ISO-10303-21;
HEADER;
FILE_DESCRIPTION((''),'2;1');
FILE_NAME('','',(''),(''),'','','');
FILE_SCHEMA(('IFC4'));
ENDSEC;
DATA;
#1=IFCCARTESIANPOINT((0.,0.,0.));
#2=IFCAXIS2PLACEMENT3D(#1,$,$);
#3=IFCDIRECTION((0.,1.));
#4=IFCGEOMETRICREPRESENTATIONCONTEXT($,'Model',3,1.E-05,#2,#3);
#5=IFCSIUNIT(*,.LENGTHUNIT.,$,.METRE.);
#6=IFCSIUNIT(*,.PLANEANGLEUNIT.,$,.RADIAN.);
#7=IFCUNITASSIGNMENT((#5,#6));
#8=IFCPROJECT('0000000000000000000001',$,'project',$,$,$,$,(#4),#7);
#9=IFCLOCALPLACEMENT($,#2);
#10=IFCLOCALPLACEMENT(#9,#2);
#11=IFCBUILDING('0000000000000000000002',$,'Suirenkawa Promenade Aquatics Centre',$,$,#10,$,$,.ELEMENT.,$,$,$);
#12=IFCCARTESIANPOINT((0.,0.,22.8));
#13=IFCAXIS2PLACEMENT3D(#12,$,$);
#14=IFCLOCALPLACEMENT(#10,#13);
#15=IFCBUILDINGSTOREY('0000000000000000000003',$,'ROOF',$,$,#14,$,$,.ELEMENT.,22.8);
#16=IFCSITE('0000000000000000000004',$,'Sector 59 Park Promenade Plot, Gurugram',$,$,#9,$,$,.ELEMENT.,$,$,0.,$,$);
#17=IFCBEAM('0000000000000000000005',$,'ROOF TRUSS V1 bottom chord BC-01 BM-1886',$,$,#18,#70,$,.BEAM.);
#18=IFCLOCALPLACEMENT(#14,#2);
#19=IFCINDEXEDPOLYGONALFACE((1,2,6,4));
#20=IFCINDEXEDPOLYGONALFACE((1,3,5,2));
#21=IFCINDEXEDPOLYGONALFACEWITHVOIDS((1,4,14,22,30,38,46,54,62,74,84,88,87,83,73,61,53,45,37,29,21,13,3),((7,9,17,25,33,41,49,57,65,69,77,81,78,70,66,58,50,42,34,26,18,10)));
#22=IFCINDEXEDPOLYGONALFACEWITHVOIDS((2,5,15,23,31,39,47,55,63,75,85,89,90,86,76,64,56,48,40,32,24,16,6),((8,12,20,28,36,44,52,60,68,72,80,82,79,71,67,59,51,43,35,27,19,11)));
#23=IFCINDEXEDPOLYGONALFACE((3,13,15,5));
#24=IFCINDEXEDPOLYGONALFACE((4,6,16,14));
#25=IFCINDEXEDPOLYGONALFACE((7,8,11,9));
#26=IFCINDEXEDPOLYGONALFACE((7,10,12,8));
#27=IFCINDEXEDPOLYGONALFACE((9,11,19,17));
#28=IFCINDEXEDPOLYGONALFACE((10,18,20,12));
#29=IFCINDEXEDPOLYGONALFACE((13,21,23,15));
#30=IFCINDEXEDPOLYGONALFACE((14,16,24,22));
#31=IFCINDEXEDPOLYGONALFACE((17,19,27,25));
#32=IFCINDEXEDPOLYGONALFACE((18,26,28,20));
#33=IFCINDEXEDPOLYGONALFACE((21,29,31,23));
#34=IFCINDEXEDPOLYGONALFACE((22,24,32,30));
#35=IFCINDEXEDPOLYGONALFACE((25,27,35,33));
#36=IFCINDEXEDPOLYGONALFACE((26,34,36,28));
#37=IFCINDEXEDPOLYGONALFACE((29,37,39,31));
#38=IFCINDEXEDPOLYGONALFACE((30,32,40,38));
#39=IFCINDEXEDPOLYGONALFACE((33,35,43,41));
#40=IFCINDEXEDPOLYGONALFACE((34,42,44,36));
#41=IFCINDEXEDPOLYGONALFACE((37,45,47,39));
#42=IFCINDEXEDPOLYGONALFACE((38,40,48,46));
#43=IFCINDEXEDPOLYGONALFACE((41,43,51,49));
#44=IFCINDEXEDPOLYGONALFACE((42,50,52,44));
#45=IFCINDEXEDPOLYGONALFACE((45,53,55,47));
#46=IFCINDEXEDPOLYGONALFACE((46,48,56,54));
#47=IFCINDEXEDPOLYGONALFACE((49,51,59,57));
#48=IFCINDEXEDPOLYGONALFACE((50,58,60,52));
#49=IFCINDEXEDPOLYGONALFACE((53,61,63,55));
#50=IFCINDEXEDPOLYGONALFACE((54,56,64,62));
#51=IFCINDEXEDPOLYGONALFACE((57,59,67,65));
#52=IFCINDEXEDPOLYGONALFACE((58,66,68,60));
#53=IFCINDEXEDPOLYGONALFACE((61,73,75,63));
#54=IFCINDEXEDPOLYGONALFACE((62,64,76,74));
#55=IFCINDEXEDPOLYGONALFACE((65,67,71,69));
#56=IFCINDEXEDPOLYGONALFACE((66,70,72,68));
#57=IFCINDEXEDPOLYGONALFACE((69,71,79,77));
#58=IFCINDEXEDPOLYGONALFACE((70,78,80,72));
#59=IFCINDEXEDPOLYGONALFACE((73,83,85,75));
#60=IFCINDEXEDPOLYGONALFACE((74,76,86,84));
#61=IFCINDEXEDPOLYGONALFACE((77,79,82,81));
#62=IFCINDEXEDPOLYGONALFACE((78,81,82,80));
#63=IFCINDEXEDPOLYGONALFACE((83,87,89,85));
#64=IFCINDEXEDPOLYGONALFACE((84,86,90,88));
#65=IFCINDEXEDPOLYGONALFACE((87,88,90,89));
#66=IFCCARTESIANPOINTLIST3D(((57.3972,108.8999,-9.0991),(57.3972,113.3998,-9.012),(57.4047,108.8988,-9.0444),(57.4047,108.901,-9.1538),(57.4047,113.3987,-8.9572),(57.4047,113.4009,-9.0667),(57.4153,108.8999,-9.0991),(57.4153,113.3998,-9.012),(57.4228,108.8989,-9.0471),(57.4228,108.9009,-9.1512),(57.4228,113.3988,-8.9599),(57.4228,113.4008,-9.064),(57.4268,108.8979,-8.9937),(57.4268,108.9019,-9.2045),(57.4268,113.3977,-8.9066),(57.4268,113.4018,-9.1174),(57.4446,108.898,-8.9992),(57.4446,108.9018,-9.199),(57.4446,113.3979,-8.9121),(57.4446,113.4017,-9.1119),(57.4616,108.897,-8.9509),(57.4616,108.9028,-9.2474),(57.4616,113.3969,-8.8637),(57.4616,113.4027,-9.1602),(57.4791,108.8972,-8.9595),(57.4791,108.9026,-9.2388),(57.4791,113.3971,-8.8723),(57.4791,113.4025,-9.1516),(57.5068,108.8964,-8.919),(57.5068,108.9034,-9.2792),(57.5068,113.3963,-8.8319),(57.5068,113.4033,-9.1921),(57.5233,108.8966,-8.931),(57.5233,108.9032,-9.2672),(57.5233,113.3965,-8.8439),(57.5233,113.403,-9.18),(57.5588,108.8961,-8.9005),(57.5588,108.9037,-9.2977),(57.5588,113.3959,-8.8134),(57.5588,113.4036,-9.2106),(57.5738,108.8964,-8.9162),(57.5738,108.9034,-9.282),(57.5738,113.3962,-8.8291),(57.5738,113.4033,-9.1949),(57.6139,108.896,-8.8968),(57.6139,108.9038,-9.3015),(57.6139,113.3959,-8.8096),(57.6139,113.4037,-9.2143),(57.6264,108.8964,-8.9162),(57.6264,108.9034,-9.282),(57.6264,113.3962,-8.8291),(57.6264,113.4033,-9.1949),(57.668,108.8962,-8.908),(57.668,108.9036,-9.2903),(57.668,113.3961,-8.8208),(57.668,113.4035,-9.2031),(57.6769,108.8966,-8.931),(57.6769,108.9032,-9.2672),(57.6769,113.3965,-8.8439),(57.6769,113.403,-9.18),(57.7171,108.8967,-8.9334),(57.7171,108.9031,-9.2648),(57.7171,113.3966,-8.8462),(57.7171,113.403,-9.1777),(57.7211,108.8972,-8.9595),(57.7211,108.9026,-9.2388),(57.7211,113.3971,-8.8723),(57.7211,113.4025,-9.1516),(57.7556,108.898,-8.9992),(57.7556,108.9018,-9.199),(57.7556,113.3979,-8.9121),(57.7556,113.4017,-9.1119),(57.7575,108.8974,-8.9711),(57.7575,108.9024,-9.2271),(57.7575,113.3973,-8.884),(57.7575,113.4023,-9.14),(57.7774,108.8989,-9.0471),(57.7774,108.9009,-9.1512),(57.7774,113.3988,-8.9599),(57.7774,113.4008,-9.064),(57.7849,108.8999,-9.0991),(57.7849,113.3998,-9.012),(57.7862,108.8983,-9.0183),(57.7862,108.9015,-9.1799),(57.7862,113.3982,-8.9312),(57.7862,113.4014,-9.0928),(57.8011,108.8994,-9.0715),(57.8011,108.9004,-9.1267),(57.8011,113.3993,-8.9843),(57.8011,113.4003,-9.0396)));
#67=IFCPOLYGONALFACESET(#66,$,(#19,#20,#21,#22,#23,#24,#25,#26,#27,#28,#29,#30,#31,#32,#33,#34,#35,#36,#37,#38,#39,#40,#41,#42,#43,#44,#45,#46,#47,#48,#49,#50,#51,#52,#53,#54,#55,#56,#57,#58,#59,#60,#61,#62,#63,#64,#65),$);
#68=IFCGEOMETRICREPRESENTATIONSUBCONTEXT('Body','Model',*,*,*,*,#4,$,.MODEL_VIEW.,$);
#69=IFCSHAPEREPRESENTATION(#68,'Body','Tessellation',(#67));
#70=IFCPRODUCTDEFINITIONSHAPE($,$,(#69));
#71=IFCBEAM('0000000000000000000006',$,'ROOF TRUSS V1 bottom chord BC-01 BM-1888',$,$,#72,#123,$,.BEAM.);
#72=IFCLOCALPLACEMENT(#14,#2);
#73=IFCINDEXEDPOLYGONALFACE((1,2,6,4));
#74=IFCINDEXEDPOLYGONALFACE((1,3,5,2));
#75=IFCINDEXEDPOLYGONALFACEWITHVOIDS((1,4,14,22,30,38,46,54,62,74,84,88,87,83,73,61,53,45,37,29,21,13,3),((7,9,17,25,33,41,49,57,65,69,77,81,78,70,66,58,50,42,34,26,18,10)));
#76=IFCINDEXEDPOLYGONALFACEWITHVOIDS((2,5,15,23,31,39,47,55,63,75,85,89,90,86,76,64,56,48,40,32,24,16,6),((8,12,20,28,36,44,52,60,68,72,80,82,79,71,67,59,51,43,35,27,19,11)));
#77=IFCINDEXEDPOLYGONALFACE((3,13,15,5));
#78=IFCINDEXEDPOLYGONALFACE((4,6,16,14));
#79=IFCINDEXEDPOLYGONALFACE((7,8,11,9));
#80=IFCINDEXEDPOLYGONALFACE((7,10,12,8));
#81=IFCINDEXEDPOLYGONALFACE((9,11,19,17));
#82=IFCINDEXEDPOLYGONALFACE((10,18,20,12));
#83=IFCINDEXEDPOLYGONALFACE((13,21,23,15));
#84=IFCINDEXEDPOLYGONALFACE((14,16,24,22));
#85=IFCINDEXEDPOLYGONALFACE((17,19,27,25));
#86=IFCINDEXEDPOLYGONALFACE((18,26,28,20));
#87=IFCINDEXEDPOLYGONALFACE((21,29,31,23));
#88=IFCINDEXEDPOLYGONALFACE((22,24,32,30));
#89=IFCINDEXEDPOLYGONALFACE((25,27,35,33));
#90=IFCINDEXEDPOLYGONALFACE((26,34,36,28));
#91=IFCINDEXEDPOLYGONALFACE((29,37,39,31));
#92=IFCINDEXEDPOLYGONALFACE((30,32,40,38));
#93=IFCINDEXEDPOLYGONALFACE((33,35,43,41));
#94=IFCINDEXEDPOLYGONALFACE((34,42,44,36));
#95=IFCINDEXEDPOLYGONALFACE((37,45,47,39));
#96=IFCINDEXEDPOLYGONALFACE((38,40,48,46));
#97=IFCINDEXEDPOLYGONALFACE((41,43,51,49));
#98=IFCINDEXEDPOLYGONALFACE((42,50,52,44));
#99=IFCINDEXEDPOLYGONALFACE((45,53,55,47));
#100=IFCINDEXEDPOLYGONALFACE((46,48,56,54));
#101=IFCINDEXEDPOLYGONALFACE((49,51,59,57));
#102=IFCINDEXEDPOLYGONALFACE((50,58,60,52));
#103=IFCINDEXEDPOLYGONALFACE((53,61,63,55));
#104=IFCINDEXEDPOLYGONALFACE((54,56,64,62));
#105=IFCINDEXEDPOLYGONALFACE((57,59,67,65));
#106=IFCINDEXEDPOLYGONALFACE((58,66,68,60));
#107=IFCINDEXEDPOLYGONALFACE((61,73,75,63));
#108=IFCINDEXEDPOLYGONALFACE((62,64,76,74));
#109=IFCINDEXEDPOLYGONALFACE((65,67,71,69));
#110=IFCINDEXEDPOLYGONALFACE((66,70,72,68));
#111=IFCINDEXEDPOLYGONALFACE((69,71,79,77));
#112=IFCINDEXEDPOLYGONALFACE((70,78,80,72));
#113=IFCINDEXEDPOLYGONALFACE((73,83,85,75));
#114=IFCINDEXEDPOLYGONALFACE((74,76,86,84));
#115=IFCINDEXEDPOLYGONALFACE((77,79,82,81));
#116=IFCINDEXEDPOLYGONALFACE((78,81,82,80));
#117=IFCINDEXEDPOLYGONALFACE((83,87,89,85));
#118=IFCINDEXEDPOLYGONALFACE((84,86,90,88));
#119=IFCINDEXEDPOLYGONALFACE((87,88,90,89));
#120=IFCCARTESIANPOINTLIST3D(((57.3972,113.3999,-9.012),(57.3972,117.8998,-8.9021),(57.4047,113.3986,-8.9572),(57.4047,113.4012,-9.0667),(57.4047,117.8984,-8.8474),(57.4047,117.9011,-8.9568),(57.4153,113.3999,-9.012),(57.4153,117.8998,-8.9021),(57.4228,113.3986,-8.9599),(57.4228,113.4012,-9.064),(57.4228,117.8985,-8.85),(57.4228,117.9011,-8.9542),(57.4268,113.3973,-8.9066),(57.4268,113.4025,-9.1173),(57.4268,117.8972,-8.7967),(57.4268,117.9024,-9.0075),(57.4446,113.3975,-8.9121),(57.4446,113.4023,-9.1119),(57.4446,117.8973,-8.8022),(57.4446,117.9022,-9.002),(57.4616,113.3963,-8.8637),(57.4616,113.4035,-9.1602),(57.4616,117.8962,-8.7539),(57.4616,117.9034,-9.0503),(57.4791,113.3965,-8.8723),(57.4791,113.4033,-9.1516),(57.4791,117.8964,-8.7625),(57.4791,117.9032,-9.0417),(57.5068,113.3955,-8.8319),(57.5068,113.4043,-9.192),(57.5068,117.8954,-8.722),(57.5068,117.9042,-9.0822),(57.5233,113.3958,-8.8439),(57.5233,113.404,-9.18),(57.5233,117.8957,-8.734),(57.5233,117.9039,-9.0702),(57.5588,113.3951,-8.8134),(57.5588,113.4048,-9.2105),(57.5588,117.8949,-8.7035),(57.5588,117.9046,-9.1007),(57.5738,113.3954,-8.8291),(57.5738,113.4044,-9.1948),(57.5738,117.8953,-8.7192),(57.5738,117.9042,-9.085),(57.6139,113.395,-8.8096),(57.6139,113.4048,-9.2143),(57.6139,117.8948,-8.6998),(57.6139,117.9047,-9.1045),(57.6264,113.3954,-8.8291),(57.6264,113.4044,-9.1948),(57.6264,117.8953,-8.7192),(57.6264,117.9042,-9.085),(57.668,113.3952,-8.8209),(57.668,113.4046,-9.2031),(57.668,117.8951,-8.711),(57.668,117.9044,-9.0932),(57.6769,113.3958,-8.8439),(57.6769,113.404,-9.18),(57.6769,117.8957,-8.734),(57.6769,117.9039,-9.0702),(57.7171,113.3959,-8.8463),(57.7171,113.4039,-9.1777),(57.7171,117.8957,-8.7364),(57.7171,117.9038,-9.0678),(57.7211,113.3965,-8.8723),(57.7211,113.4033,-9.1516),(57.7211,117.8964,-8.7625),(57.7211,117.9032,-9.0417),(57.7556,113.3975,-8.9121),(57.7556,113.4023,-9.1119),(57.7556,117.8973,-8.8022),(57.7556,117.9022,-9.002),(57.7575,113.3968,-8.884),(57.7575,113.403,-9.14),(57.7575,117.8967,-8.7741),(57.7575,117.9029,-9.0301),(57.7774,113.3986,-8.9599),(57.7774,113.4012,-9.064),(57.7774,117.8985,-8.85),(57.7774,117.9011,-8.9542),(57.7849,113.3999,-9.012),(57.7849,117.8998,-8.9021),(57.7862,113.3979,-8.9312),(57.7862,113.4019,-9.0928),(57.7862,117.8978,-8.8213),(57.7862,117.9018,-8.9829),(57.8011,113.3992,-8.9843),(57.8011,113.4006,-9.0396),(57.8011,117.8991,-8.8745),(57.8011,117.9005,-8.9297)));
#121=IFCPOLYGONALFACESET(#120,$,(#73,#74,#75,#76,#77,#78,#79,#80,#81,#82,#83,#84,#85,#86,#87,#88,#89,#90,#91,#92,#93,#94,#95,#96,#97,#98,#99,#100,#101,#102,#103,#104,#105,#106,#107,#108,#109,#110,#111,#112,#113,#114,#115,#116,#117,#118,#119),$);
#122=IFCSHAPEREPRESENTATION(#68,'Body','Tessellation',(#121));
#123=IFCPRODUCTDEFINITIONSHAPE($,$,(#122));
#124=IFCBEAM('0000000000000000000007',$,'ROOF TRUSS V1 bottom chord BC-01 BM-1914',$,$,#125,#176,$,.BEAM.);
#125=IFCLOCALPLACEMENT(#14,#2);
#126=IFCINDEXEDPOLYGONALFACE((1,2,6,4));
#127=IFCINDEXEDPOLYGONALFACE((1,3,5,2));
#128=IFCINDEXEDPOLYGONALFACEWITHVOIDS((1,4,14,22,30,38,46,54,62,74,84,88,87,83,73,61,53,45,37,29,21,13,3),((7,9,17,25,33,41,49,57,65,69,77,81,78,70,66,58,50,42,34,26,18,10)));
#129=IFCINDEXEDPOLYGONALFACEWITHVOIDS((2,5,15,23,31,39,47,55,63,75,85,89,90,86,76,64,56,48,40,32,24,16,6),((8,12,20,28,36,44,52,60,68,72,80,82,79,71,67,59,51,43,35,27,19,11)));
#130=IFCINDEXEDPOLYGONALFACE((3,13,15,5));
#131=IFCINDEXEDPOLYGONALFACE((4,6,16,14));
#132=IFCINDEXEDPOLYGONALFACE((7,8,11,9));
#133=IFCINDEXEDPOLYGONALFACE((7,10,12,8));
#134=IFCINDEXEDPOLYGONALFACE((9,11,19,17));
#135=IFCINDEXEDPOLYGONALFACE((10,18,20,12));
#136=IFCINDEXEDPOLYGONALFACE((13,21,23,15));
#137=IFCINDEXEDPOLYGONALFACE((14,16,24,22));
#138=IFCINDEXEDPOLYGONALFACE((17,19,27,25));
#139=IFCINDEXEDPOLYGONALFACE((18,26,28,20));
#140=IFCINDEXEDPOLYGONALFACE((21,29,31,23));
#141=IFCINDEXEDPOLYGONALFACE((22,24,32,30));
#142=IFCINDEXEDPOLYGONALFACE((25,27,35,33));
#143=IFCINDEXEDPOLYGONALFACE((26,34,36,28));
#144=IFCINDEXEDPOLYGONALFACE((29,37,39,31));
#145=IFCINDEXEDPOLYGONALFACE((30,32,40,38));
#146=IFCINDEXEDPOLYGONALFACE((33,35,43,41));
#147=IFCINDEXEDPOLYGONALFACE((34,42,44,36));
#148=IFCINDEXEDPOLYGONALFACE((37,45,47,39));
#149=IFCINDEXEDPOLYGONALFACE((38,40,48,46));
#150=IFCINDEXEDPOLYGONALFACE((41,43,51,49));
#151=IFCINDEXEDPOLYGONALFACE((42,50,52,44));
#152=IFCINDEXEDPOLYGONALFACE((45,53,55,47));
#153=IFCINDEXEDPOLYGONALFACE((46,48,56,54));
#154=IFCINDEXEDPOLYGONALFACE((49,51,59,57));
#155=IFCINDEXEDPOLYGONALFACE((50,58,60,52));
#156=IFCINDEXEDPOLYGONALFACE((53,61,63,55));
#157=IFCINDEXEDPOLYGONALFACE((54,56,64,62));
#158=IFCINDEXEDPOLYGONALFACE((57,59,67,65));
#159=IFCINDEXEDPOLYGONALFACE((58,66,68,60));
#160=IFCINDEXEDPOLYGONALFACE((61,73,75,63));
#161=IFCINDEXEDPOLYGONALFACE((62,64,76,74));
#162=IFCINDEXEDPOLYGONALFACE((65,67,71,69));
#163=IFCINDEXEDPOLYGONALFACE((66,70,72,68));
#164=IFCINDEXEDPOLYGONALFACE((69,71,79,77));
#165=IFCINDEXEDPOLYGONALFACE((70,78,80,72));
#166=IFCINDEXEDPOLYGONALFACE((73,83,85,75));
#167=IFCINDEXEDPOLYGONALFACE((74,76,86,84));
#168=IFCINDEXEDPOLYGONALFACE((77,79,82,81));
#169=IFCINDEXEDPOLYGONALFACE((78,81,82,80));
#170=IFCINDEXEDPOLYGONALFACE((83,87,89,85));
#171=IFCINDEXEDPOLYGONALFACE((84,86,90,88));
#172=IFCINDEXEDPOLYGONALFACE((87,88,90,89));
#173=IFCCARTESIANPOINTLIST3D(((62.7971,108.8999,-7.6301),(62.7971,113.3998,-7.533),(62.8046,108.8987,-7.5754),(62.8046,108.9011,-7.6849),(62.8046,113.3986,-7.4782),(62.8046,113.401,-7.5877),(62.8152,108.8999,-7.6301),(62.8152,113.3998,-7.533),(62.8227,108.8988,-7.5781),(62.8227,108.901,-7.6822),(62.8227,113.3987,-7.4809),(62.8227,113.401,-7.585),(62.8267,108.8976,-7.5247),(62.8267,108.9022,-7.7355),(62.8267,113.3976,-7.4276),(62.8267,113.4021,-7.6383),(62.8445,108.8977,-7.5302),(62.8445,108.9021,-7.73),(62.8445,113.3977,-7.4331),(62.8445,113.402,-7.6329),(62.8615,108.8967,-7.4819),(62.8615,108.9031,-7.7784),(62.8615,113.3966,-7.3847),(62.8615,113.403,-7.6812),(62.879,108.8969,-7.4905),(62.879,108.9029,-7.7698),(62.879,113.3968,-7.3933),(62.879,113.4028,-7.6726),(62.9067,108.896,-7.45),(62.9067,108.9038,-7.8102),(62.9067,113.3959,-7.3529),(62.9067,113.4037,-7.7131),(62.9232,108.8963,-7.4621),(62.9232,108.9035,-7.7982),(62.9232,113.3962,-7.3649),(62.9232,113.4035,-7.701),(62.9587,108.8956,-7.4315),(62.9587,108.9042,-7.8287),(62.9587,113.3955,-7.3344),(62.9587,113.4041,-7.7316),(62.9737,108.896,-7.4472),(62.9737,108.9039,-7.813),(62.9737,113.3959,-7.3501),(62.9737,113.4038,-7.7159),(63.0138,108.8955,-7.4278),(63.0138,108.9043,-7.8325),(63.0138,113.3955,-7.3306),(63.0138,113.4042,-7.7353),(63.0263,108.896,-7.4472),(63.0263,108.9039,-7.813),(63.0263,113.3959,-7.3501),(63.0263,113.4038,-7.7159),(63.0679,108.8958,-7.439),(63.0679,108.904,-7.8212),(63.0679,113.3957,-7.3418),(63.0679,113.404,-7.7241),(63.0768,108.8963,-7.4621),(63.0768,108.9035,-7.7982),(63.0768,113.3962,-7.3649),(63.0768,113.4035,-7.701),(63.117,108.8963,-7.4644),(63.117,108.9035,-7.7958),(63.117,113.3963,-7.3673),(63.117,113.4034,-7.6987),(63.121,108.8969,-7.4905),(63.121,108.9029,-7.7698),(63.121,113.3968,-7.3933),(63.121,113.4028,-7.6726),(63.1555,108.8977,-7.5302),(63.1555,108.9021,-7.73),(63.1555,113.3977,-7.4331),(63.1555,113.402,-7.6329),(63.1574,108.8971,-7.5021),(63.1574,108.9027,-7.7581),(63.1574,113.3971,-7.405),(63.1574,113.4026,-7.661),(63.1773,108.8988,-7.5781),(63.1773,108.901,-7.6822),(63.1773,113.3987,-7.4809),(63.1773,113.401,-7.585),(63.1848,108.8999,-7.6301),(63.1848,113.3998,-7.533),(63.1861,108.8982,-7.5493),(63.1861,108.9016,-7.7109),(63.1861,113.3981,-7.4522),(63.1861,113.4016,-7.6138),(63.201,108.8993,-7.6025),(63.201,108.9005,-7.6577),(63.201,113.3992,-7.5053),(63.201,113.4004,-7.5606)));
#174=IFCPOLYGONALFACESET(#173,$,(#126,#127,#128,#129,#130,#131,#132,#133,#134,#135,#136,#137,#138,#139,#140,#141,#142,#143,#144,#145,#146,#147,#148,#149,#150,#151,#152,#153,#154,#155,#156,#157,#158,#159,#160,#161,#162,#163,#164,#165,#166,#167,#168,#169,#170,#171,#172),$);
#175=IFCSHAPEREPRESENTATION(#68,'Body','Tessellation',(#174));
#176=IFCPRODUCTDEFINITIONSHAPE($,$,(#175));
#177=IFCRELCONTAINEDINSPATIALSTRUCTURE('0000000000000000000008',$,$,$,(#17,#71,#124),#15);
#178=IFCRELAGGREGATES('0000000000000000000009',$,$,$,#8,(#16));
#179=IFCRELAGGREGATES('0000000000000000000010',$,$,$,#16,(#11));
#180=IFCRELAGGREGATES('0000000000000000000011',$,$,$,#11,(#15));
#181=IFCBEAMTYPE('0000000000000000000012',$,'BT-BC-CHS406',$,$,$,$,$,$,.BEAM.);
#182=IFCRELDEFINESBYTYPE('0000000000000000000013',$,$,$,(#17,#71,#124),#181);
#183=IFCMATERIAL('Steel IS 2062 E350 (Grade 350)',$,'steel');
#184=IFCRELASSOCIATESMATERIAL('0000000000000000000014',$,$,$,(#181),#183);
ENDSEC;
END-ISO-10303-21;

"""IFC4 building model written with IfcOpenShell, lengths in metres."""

from ifc_helpers import new_model, si_unit, direction, frame, origin, origin_2d, place, context, subcontext, project, spatial, hollow_circle, extrude, material, material_profile, profile_set, type_object, element, save


model = new_model("IFC4")

# Units and contexts
model_context = context("Model", 3, precision=1e-05, world=origin(), true_north=direction((0.0, 1.0)))
body_context = subcontext(model_context, "Body", "Model", "MODEL_VIEW")
ifc_project = project(units=[si_unit("LENGTHUNIT", "METRE"), si_unit("PLANEANGLEUNIT", "RADIAN")], contexts=[model_context])

# Site, building, storey
site_placement = place(None, origin())
site = spatial("IfcSite", under=ifc_project, at=site_placement, Name="Sector 59 Park Promenade Plot, Gurugram", CompositionType="ELEMENT", RefElevation=0.0)
building_placement = place(site_placement, origin())
building = spatial("IfcBuilding", under=site, at=building_placement, Name="Suirenkawa Promenade Aquatics Centre", CompositionType="ELEMENT")
storey_placement = place(building_placement, frame((0.0, 0.0, 22.8)))
storey = spatial("IfcBuildingStorey", under=building, at=storey_placement, Name="ROOF", CompositionType="ELEMENT", Elevation=22.8)

# Beams
ifc_material = material(Name="Steel IS 2062 E350 (Grade 350)", Category="steel")
ifc_material_profile_1 = material_profile(ifc_material, hollow_circle(Radius=0.2029, WallThickness=0.0181, at=origin_2d()), Name="CHS 406x18", Category="steel")
ifc_profile_set_1 = profile_set([ifc_material_profile_1], Name="Steel IS 2062 E350 (Grade 350)")
beam_type_1 = type_object("IfcBeamType", Name="BT-BC-CHS406", PredefinedType="BEAM", material=ifc_profile_set_1)
beam_1_placement = place(storey_placement, frame((57.6001, 108.8999, -9.0991), z_axis=(0.0, 0.999812, 0.019365), x_axis=(-1.0, 0.0, 0.0)))
element("IfcBeam", 1, at=beam_1_placement, inside=storey, type_object=beam_type_1, Name="ROOF TRUSS V1 bottom chord BC-01 BM-1886", PredefinedType="BEAM", context=body_context, shape_type="SweptSolid", body=[
    extrude(hollow_circle(Radius=0.2029, WallThickness=0.0181, at=origin_2d()), origin(), (0.0, 0.0, 1.0), 4.5007),
])
beam_2_placement = place(storey_placement, frame((57.6001, 113.3999, -9.012), z_axis=(0.0, 0.999702, 0.024407), x_axis=(-1.0, 0.0, 0.0)))
element("IfcBeam", 2, at=beam_2_placement, inside=storey, type_object=beam_type_1, Name="ROOF TRUSS V1 bottom chord BC-01 BM-1888", PredefinedType="BEAM", context=body_context, shape_type="SweptSolid", body=[
    extrude(hollow_circle(Radius=0.2029, WallThickness=0.0181, at=origin_2d()), origin(), (0.0, 0.0, 1.0), 4.5012),
])
beam_3_placement = place(storey_placement, frame((63.0, 108.8999, -7.6301), z_axis=(0.0, 0.999767, 0.021588), x_axis=(-1.0, 0.0, 0.0)))
element("IfcBeam", 3, at=beam_3_placement, inside=storey, type_object=beam_type_1, Name="ROOF TRUSS V1 bottom chord BC-01 BM-1914", PredefinedType="BEAM", context=body_context, shape_type="SweptSolid", body=[
    extrude(hollow_circle(Radius=0.2029, WallThickness=0.0181, at=origin_2d()), origin(), (0.0, 0.0, 1.0), 4.501),
])

save(model, "model.ifc")
